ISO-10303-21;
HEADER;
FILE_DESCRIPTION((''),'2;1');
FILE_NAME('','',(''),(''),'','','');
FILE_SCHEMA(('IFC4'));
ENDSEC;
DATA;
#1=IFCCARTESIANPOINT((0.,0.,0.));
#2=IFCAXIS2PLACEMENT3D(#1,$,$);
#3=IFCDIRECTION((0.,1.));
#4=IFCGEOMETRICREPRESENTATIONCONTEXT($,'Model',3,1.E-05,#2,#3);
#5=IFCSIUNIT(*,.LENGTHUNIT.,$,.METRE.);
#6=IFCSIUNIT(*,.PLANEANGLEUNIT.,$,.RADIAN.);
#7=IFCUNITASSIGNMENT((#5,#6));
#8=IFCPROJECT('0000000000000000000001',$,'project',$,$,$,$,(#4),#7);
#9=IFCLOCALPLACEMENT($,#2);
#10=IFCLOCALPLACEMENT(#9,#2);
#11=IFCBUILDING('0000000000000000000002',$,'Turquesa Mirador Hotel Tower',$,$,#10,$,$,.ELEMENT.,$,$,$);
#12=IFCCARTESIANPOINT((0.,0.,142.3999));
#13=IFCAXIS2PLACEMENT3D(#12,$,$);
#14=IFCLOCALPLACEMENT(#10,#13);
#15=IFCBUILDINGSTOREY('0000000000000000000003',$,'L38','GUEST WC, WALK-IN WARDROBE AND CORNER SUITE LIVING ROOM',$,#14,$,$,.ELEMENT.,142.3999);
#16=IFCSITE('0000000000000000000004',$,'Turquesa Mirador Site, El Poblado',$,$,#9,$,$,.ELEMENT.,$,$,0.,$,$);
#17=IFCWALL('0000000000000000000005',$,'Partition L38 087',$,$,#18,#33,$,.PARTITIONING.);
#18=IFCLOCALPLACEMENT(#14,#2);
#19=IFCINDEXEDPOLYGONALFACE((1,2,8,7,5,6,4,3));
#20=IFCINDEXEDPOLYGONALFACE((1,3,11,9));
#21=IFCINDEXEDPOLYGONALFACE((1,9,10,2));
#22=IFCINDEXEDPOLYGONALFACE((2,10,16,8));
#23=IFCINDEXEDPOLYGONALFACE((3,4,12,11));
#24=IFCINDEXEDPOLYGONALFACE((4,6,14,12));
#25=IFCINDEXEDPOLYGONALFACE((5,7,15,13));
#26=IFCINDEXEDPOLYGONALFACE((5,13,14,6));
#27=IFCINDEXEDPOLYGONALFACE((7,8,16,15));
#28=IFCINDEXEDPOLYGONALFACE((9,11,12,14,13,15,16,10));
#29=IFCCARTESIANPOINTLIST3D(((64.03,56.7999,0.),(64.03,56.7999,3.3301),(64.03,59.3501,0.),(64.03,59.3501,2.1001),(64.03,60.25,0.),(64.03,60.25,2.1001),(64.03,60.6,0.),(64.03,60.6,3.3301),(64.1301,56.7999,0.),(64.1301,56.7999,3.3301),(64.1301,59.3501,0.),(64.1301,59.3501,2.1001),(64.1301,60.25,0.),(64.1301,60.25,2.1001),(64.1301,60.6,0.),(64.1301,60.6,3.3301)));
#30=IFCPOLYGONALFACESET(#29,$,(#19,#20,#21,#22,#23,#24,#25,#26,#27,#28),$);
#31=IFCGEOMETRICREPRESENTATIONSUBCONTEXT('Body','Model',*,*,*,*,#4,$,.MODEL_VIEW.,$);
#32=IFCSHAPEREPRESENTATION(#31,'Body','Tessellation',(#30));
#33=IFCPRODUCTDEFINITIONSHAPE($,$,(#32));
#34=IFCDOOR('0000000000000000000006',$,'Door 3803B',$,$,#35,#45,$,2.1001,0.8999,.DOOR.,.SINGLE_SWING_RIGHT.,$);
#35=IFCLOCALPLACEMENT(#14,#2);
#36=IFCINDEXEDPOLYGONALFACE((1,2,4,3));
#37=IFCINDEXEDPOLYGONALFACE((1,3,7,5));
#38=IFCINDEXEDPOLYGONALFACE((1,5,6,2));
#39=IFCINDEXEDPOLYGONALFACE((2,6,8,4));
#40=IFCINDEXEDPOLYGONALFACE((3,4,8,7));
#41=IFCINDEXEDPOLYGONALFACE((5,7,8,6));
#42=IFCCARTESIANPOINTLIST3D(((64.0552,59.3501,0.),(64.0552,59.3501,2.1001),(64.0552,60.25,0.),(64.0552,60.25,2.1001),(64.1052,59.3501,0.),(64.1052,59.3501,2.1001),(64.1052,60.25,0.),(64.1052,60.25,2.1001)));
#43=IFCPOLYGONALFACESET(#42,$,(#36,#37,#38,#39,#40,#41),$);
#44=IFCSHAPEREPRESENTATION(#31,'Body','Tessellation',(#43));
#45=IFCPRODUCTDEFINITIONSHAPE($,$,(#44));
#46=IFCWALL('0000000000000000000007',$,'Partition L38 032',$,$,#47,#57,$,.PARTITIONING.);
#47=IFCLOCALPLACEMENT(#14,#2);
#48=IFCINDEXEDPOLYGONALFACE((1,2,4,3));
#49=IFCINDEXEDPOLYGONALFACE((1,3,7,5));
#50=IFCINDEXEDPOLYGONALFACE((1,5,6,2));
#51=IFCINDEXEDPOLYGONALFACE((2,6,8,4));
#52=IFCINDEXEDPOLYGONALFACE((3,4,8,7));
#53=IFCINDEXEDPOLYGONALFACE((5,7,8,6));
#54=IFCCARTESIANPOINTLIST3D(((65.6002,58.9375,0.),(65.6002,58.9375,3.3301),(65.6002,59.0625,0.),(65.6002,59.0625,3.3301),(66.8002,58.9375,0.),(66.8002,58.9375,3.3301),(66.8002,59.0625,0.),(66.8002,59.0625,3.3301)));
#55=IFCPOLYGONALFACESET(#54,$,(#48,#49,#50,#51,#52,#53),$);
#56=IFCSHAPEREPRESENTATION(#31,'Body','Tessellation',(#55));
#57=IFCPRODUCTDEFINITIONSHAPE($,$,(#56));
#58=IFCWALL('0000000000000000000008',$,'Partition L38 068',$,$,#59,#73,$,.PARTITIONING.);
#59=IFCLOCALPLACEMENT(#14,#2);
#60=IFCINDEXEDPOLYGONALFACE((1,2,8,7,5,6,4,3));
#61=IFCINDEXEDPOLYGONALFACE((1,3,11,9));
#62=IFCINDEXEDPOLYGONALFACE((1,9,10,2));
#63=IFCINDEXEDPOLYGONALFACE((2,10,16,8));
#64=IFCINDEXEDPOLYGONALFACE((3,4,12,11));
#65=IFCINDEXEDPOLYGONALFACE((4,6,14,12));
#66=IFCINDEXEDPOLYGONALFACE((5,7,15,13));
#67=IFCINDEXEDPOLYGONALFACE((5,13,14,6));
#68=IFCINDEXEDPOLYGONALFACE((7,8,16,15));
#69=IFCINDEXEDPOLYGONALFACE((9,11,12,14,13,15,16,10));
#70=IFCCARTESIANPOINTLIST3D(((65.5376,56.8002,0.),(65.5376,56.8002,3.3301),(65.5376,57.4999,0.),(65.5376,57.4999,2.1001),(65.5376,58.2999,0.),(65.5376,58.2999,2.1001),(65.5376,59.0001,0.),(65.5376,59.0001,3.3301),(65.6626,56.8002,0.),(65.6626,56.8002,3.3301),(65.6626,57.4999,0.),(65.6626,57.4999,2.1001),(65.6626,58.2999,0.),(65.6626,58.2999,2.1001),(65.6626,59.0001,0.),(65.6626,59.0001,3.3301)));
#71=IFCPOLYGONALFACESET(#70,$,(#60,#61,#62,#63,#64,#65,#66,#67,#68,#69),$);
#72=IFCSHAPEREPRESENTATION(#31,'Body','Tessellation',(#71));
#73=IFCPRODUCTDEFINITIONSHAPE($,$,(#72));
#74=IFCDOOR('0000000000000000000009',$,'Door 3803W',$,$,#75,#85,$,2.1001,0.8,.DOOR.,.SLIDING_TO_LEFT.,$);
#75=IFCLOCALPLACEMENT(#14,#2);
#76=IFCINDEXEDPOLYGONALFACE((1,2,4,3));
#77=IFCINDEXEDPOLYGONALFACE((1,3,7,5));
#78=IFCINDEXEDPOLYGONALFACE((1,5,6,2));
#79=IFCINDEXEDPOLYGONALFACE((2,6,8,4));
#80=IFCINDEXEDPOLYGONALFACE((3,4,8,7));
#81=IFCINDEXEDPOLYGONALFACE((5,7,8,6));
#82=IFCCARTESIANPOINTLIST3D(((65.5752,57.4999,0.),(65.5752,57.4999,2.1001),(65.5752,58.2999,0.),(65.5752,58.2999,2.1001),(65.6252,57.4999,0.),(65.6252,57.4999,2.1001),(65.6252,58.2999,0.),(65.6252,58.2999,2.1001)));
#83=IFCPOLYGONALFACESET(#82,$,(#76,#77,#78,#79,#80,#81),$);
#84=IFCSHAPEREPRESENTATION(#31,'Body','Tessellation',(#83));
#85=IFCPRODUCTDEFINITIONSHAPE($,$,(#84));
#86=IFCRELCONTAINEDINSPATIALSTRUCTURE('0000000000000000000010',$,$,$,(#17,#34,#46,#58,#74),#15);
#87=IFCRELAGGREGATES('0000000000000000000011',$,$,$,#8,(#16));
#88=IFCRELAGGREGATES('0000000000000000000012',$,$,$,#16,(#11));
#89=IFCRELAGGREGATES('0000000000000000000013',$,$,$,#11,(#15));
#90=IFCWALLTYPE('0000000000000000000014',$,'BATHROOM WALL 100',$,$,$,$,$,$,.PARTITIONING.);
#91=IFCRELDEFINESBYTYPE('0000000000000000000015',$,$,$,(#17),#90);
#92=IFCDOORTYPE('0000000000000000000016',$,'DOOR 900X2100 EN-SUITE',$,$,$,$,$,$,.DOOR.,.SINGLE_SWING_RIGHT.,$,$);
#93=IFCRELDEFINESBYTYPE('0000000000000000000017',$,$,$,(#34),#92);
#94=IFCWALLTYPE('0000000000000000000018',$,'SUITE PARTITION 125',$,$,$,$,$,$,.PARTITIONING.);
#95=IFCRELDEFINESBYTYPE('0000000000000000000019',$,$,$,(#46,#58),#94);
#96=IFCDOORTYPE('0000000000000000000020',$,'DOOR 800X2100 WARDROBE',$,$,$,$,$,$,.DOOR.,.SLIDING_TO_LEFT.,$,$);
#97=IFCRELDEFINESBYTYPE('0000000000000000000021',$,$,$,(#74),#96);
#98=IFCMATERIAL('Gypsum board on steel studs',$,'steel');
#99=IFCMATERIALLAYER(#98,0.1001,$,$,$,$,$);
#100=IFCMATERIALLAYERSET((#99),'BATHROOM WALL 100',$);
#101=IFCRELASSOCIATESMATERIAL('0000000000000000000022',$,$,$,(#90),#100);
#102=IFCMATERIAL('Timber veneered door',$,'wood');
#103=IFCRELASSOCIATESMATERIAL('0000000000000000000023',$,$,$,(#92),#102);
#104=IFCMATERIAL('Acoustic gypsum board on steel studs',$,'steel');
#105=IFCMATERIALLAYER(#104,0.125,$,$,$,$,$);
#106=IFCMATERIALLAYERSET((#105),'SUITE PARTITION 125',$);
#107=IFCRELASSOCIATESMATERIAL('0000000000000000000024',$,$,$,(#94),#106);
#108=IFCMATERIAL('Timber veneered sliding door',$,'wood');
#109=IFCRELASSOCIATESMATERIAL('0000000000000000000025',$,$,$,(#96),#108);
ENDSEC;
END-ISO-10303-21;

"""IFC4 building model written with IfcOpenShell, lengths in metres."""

from ifc_helpers import new_model, si_unit, direction, frame, frame_2d, origin, place, context, subcontext, project, spatial, rectangle, extrude, material, layer, layer_set, type_object, element, fill, save


model = new_model("IFC4")

# Units and contexts
model_context = context("Model", 3, precision=1e-05, world=origin(), true_north=direction((0.0, 1.0)))
body_context = subcontext(model_context, "Body", "Model", "MODEL_VIEW")
ifc_project = project(units=[si_unit("LENGTHUNIT", "METRE"), si_unit("PLANEANGLEUNIT", "RADIAN")], contexts=[model_context])

# Site, building, storey
site_placement = place(None, origin())
site = spatial("IfcSite", under=ifc_project, at=site_placement, Name="Turquesa Mirador Site, El Poblado", CompositionType="ELEMENT", RefElevation=0.0)
building_placement = place(site_placement, origin())
building = spatial("IfcBuilding", under=site, at=building_placement, Name="Turquesa Mirador Hotel Tower", CompositionType="ELEMENT")
storey_placement = place(building_placement, frame((0.0, 0.0, 142.3999)))
storey = spatial("IfcBuildingStorey", under=building, at=storey_placement, Name="L38", Description="GUEST WC, WALK-IN WARDROBE AND CORNER SUITE LIVING ROOM", CompositionType="ELEMENT", Elevation=142.3999)

# Shared definitions
ifc_material_1 = material(Name="Gypsum board on steel studs", Category="steel")
ifc_layer_1 = layer(ifc_material_1, 0.1001)
ifc_layer_set_1 = layer_set([ifc_layer_1], Name="BATHROOM WALL 100")
wall_type_1 = type_object("IfcWallType", Name="BATHROOM WALL 100", PredefinedType="PARTITIONING", material=ifc_layer_set_1)
ifc_material_2 = material(Name="Timber veneered door", Category="wood")
door_type_1 = type_object("IfcDoorType", Name="DOOR 900X2100 EN-SUITE", OperationType="SINGLE_SWING_RIGHT", PredefinedType="DOOR", material=ifc_material_2)

# Wall, opening, door
wall_1_placement = place(storey_placement, frame((64.0801, 56.8, 0.0), z_axis=(0.0, 0.0, 1.0), x_axis=(0.0, 1.0, 0.0)))
wall_1 = element("IfcWall", 1, at=wall_1_placement, inside=storey, type_object=wall_type_1, Name="Partition L38 087", PredefinedType="PARTITIONING", context=body_context, shape_type="SweptSolid", body=[
    extrude(rectangle(XDim=3.8, YDim=0.1001, at=frame_2d((1.8999, 0.0))), origin(), (0.0, 0.0, 1.0), 3.3301),
])
opening_1_placement = place(wall_1_placement, frame((2.55, 0.0, 0.0)))
opening_1 = element("IfcOpeningElement", 2, at=opening_1_placement, cuts=wall_1, PredefinedType="OPENING", context=body_context, shape_type="SweptSolid", body=[
    extrude(rectangle(XDim=0.8999, YDim=2.1001, at=frame_2d((0.45, 1.05))), frame((0.0, 0.0601, 0.0), z_axis=(0.0, -1.0, 0.0), x_axis=(1.0, 0.0, 0.0)), (0.0, 0.0, 1.0), 0.1201),
])
door_1_placement = place(opening_1_placement, origin())
door_1 = element("IfcDoor", 3, at=door_1_placement, inside=storey, type_object=door_type_1, Name="Door 3803B", OperationType="SINGLE_SWING_RIGHT", OverallHeight=2.1001, OverallWidth=0.8999, PredefinedType="DOOR", context=body_context, shape_type="SweptSolid", body=[
    extrude(rectangle(XDim=0.8999, YDim=2.1001, at=frame_2d((0.45, 1.05))), frame((0.0, 0.0249, 0.0), z_axis=(0.0, -1.0, 0.0), x_axis=(1.0, 0.0, 0.0)), (0.0, 0.0, 1.0), 0.05),
])
fill(opening_1, door_1)

# Wall
ifc_material_3 = material(Name="Acoustic gypsum board on steel studs", Category="steel")
ifc_layer_2 = layer(ifc_material_3, 0.125)
ifc_layer_set_2 = layer_set([ifc_layer_2], Name="SUITE PARTITION 125")
wall_type_2 = type_object("IfcWallType", Name="SUITE PARTITION 125", PredefinedType="PARTITIONING", material=ifc_layer_set_2)
wall_2_placement = place(storey_placement, frame((65.6001, 59.0, 0.0), z_axis=(0.0, 0.0, 1.0), x_axis=(1.0, 0.0, 0.0)))
element("IfcWall", 4, at=wall_2_placement, inside=storey, type_object=wall_type_2, Name="Partition L38 032", PredefinedType="PARTITIONING", context=body_context, shape_type="SweptSolid", body=[
    extrude(rectangle(XDim=1.2, YDim=0.125, at=frame_2d((0.6001, 0.0))), origin(), (0.0, 0.0, 1.0), 3.3301),
])

# Wall, opening, door
wall_3_placement = place(storey_placement, frame((65.6001, 56.8, 0.0), z_axis=(0.0, 0.0, 1.0), x_axis=(0.0, 1.0, 0.0)))
wall_3 = element("IfcWall", 5, at=wall_3_placement, inside=storey, type_object=wall_type_2, Name="Partition L38 068", PredefinedType="PARTITIONING", context=body_context, shape_type="SweptSolid", body=[
    extrude(rectangle(XDim=2.2, YDim=0.125, at=frame_2d((1.1001, 0.0))), origin(), (0.0, 0.0, 1.0), 3.3301),
])
opening_2_placement = place(wall_3_placement, frame((0.7, 0.0, 0.0)))
opening_2 = element("IfcOpeningElement", 6, at=opening_2_placement, cuts=wall_3, PredefinedType="OPENING", context=body_context, shape_type="SweptSolid", body=[
    extrude(rectangle(XDim=0.8, YDim=2.1001, at=frame_2d((0.3999, 1.05))), frame((0.0, 0.0725, 0.0), z_axis=(0.0, -1.0, 0.0), x_axis=(1.0, 0.0, 0.0)), (0.0, 0.0, 1.0), 0.145),
])
ifc_material_4 = material(Name="Timber veneered sliding door", Category="wood")
door_type_2 = type_object("IfcDoorType", Name="DOOR 800X2100 WARDROBE", OperationType="SLIDING_TO_LEFT", PredefinedType="DOOR", material=ifc_material_4)
door_2_placement = place(opening_2_placement, origin())
door_2 = element("IfcDoor", 7, at=door_2_placement, inside=storey, type_object=door_type_2, Name="Door 3803W", OperationType="SLIDING_TO_LEFT", OverallHeight=2.1001, OverallWidth=0.8, PredefinedType="DOOR", context=body_context, shape_type="SweptSolid", body=[
    extrude(rectangle(XDim=0.8, YDim=2.1001, at=frame_2d((0.3999, 1.05))), frame((0.0, 0.0249, 0.0), z_axis=(0.0, -1.0, 0.0), x_axis=(1.0, 0.0, 0.0)), (0.0, 0.0, 1.0), 0.05),
])
fill(opening_2, door_2)

save(model, "model.ifc")
